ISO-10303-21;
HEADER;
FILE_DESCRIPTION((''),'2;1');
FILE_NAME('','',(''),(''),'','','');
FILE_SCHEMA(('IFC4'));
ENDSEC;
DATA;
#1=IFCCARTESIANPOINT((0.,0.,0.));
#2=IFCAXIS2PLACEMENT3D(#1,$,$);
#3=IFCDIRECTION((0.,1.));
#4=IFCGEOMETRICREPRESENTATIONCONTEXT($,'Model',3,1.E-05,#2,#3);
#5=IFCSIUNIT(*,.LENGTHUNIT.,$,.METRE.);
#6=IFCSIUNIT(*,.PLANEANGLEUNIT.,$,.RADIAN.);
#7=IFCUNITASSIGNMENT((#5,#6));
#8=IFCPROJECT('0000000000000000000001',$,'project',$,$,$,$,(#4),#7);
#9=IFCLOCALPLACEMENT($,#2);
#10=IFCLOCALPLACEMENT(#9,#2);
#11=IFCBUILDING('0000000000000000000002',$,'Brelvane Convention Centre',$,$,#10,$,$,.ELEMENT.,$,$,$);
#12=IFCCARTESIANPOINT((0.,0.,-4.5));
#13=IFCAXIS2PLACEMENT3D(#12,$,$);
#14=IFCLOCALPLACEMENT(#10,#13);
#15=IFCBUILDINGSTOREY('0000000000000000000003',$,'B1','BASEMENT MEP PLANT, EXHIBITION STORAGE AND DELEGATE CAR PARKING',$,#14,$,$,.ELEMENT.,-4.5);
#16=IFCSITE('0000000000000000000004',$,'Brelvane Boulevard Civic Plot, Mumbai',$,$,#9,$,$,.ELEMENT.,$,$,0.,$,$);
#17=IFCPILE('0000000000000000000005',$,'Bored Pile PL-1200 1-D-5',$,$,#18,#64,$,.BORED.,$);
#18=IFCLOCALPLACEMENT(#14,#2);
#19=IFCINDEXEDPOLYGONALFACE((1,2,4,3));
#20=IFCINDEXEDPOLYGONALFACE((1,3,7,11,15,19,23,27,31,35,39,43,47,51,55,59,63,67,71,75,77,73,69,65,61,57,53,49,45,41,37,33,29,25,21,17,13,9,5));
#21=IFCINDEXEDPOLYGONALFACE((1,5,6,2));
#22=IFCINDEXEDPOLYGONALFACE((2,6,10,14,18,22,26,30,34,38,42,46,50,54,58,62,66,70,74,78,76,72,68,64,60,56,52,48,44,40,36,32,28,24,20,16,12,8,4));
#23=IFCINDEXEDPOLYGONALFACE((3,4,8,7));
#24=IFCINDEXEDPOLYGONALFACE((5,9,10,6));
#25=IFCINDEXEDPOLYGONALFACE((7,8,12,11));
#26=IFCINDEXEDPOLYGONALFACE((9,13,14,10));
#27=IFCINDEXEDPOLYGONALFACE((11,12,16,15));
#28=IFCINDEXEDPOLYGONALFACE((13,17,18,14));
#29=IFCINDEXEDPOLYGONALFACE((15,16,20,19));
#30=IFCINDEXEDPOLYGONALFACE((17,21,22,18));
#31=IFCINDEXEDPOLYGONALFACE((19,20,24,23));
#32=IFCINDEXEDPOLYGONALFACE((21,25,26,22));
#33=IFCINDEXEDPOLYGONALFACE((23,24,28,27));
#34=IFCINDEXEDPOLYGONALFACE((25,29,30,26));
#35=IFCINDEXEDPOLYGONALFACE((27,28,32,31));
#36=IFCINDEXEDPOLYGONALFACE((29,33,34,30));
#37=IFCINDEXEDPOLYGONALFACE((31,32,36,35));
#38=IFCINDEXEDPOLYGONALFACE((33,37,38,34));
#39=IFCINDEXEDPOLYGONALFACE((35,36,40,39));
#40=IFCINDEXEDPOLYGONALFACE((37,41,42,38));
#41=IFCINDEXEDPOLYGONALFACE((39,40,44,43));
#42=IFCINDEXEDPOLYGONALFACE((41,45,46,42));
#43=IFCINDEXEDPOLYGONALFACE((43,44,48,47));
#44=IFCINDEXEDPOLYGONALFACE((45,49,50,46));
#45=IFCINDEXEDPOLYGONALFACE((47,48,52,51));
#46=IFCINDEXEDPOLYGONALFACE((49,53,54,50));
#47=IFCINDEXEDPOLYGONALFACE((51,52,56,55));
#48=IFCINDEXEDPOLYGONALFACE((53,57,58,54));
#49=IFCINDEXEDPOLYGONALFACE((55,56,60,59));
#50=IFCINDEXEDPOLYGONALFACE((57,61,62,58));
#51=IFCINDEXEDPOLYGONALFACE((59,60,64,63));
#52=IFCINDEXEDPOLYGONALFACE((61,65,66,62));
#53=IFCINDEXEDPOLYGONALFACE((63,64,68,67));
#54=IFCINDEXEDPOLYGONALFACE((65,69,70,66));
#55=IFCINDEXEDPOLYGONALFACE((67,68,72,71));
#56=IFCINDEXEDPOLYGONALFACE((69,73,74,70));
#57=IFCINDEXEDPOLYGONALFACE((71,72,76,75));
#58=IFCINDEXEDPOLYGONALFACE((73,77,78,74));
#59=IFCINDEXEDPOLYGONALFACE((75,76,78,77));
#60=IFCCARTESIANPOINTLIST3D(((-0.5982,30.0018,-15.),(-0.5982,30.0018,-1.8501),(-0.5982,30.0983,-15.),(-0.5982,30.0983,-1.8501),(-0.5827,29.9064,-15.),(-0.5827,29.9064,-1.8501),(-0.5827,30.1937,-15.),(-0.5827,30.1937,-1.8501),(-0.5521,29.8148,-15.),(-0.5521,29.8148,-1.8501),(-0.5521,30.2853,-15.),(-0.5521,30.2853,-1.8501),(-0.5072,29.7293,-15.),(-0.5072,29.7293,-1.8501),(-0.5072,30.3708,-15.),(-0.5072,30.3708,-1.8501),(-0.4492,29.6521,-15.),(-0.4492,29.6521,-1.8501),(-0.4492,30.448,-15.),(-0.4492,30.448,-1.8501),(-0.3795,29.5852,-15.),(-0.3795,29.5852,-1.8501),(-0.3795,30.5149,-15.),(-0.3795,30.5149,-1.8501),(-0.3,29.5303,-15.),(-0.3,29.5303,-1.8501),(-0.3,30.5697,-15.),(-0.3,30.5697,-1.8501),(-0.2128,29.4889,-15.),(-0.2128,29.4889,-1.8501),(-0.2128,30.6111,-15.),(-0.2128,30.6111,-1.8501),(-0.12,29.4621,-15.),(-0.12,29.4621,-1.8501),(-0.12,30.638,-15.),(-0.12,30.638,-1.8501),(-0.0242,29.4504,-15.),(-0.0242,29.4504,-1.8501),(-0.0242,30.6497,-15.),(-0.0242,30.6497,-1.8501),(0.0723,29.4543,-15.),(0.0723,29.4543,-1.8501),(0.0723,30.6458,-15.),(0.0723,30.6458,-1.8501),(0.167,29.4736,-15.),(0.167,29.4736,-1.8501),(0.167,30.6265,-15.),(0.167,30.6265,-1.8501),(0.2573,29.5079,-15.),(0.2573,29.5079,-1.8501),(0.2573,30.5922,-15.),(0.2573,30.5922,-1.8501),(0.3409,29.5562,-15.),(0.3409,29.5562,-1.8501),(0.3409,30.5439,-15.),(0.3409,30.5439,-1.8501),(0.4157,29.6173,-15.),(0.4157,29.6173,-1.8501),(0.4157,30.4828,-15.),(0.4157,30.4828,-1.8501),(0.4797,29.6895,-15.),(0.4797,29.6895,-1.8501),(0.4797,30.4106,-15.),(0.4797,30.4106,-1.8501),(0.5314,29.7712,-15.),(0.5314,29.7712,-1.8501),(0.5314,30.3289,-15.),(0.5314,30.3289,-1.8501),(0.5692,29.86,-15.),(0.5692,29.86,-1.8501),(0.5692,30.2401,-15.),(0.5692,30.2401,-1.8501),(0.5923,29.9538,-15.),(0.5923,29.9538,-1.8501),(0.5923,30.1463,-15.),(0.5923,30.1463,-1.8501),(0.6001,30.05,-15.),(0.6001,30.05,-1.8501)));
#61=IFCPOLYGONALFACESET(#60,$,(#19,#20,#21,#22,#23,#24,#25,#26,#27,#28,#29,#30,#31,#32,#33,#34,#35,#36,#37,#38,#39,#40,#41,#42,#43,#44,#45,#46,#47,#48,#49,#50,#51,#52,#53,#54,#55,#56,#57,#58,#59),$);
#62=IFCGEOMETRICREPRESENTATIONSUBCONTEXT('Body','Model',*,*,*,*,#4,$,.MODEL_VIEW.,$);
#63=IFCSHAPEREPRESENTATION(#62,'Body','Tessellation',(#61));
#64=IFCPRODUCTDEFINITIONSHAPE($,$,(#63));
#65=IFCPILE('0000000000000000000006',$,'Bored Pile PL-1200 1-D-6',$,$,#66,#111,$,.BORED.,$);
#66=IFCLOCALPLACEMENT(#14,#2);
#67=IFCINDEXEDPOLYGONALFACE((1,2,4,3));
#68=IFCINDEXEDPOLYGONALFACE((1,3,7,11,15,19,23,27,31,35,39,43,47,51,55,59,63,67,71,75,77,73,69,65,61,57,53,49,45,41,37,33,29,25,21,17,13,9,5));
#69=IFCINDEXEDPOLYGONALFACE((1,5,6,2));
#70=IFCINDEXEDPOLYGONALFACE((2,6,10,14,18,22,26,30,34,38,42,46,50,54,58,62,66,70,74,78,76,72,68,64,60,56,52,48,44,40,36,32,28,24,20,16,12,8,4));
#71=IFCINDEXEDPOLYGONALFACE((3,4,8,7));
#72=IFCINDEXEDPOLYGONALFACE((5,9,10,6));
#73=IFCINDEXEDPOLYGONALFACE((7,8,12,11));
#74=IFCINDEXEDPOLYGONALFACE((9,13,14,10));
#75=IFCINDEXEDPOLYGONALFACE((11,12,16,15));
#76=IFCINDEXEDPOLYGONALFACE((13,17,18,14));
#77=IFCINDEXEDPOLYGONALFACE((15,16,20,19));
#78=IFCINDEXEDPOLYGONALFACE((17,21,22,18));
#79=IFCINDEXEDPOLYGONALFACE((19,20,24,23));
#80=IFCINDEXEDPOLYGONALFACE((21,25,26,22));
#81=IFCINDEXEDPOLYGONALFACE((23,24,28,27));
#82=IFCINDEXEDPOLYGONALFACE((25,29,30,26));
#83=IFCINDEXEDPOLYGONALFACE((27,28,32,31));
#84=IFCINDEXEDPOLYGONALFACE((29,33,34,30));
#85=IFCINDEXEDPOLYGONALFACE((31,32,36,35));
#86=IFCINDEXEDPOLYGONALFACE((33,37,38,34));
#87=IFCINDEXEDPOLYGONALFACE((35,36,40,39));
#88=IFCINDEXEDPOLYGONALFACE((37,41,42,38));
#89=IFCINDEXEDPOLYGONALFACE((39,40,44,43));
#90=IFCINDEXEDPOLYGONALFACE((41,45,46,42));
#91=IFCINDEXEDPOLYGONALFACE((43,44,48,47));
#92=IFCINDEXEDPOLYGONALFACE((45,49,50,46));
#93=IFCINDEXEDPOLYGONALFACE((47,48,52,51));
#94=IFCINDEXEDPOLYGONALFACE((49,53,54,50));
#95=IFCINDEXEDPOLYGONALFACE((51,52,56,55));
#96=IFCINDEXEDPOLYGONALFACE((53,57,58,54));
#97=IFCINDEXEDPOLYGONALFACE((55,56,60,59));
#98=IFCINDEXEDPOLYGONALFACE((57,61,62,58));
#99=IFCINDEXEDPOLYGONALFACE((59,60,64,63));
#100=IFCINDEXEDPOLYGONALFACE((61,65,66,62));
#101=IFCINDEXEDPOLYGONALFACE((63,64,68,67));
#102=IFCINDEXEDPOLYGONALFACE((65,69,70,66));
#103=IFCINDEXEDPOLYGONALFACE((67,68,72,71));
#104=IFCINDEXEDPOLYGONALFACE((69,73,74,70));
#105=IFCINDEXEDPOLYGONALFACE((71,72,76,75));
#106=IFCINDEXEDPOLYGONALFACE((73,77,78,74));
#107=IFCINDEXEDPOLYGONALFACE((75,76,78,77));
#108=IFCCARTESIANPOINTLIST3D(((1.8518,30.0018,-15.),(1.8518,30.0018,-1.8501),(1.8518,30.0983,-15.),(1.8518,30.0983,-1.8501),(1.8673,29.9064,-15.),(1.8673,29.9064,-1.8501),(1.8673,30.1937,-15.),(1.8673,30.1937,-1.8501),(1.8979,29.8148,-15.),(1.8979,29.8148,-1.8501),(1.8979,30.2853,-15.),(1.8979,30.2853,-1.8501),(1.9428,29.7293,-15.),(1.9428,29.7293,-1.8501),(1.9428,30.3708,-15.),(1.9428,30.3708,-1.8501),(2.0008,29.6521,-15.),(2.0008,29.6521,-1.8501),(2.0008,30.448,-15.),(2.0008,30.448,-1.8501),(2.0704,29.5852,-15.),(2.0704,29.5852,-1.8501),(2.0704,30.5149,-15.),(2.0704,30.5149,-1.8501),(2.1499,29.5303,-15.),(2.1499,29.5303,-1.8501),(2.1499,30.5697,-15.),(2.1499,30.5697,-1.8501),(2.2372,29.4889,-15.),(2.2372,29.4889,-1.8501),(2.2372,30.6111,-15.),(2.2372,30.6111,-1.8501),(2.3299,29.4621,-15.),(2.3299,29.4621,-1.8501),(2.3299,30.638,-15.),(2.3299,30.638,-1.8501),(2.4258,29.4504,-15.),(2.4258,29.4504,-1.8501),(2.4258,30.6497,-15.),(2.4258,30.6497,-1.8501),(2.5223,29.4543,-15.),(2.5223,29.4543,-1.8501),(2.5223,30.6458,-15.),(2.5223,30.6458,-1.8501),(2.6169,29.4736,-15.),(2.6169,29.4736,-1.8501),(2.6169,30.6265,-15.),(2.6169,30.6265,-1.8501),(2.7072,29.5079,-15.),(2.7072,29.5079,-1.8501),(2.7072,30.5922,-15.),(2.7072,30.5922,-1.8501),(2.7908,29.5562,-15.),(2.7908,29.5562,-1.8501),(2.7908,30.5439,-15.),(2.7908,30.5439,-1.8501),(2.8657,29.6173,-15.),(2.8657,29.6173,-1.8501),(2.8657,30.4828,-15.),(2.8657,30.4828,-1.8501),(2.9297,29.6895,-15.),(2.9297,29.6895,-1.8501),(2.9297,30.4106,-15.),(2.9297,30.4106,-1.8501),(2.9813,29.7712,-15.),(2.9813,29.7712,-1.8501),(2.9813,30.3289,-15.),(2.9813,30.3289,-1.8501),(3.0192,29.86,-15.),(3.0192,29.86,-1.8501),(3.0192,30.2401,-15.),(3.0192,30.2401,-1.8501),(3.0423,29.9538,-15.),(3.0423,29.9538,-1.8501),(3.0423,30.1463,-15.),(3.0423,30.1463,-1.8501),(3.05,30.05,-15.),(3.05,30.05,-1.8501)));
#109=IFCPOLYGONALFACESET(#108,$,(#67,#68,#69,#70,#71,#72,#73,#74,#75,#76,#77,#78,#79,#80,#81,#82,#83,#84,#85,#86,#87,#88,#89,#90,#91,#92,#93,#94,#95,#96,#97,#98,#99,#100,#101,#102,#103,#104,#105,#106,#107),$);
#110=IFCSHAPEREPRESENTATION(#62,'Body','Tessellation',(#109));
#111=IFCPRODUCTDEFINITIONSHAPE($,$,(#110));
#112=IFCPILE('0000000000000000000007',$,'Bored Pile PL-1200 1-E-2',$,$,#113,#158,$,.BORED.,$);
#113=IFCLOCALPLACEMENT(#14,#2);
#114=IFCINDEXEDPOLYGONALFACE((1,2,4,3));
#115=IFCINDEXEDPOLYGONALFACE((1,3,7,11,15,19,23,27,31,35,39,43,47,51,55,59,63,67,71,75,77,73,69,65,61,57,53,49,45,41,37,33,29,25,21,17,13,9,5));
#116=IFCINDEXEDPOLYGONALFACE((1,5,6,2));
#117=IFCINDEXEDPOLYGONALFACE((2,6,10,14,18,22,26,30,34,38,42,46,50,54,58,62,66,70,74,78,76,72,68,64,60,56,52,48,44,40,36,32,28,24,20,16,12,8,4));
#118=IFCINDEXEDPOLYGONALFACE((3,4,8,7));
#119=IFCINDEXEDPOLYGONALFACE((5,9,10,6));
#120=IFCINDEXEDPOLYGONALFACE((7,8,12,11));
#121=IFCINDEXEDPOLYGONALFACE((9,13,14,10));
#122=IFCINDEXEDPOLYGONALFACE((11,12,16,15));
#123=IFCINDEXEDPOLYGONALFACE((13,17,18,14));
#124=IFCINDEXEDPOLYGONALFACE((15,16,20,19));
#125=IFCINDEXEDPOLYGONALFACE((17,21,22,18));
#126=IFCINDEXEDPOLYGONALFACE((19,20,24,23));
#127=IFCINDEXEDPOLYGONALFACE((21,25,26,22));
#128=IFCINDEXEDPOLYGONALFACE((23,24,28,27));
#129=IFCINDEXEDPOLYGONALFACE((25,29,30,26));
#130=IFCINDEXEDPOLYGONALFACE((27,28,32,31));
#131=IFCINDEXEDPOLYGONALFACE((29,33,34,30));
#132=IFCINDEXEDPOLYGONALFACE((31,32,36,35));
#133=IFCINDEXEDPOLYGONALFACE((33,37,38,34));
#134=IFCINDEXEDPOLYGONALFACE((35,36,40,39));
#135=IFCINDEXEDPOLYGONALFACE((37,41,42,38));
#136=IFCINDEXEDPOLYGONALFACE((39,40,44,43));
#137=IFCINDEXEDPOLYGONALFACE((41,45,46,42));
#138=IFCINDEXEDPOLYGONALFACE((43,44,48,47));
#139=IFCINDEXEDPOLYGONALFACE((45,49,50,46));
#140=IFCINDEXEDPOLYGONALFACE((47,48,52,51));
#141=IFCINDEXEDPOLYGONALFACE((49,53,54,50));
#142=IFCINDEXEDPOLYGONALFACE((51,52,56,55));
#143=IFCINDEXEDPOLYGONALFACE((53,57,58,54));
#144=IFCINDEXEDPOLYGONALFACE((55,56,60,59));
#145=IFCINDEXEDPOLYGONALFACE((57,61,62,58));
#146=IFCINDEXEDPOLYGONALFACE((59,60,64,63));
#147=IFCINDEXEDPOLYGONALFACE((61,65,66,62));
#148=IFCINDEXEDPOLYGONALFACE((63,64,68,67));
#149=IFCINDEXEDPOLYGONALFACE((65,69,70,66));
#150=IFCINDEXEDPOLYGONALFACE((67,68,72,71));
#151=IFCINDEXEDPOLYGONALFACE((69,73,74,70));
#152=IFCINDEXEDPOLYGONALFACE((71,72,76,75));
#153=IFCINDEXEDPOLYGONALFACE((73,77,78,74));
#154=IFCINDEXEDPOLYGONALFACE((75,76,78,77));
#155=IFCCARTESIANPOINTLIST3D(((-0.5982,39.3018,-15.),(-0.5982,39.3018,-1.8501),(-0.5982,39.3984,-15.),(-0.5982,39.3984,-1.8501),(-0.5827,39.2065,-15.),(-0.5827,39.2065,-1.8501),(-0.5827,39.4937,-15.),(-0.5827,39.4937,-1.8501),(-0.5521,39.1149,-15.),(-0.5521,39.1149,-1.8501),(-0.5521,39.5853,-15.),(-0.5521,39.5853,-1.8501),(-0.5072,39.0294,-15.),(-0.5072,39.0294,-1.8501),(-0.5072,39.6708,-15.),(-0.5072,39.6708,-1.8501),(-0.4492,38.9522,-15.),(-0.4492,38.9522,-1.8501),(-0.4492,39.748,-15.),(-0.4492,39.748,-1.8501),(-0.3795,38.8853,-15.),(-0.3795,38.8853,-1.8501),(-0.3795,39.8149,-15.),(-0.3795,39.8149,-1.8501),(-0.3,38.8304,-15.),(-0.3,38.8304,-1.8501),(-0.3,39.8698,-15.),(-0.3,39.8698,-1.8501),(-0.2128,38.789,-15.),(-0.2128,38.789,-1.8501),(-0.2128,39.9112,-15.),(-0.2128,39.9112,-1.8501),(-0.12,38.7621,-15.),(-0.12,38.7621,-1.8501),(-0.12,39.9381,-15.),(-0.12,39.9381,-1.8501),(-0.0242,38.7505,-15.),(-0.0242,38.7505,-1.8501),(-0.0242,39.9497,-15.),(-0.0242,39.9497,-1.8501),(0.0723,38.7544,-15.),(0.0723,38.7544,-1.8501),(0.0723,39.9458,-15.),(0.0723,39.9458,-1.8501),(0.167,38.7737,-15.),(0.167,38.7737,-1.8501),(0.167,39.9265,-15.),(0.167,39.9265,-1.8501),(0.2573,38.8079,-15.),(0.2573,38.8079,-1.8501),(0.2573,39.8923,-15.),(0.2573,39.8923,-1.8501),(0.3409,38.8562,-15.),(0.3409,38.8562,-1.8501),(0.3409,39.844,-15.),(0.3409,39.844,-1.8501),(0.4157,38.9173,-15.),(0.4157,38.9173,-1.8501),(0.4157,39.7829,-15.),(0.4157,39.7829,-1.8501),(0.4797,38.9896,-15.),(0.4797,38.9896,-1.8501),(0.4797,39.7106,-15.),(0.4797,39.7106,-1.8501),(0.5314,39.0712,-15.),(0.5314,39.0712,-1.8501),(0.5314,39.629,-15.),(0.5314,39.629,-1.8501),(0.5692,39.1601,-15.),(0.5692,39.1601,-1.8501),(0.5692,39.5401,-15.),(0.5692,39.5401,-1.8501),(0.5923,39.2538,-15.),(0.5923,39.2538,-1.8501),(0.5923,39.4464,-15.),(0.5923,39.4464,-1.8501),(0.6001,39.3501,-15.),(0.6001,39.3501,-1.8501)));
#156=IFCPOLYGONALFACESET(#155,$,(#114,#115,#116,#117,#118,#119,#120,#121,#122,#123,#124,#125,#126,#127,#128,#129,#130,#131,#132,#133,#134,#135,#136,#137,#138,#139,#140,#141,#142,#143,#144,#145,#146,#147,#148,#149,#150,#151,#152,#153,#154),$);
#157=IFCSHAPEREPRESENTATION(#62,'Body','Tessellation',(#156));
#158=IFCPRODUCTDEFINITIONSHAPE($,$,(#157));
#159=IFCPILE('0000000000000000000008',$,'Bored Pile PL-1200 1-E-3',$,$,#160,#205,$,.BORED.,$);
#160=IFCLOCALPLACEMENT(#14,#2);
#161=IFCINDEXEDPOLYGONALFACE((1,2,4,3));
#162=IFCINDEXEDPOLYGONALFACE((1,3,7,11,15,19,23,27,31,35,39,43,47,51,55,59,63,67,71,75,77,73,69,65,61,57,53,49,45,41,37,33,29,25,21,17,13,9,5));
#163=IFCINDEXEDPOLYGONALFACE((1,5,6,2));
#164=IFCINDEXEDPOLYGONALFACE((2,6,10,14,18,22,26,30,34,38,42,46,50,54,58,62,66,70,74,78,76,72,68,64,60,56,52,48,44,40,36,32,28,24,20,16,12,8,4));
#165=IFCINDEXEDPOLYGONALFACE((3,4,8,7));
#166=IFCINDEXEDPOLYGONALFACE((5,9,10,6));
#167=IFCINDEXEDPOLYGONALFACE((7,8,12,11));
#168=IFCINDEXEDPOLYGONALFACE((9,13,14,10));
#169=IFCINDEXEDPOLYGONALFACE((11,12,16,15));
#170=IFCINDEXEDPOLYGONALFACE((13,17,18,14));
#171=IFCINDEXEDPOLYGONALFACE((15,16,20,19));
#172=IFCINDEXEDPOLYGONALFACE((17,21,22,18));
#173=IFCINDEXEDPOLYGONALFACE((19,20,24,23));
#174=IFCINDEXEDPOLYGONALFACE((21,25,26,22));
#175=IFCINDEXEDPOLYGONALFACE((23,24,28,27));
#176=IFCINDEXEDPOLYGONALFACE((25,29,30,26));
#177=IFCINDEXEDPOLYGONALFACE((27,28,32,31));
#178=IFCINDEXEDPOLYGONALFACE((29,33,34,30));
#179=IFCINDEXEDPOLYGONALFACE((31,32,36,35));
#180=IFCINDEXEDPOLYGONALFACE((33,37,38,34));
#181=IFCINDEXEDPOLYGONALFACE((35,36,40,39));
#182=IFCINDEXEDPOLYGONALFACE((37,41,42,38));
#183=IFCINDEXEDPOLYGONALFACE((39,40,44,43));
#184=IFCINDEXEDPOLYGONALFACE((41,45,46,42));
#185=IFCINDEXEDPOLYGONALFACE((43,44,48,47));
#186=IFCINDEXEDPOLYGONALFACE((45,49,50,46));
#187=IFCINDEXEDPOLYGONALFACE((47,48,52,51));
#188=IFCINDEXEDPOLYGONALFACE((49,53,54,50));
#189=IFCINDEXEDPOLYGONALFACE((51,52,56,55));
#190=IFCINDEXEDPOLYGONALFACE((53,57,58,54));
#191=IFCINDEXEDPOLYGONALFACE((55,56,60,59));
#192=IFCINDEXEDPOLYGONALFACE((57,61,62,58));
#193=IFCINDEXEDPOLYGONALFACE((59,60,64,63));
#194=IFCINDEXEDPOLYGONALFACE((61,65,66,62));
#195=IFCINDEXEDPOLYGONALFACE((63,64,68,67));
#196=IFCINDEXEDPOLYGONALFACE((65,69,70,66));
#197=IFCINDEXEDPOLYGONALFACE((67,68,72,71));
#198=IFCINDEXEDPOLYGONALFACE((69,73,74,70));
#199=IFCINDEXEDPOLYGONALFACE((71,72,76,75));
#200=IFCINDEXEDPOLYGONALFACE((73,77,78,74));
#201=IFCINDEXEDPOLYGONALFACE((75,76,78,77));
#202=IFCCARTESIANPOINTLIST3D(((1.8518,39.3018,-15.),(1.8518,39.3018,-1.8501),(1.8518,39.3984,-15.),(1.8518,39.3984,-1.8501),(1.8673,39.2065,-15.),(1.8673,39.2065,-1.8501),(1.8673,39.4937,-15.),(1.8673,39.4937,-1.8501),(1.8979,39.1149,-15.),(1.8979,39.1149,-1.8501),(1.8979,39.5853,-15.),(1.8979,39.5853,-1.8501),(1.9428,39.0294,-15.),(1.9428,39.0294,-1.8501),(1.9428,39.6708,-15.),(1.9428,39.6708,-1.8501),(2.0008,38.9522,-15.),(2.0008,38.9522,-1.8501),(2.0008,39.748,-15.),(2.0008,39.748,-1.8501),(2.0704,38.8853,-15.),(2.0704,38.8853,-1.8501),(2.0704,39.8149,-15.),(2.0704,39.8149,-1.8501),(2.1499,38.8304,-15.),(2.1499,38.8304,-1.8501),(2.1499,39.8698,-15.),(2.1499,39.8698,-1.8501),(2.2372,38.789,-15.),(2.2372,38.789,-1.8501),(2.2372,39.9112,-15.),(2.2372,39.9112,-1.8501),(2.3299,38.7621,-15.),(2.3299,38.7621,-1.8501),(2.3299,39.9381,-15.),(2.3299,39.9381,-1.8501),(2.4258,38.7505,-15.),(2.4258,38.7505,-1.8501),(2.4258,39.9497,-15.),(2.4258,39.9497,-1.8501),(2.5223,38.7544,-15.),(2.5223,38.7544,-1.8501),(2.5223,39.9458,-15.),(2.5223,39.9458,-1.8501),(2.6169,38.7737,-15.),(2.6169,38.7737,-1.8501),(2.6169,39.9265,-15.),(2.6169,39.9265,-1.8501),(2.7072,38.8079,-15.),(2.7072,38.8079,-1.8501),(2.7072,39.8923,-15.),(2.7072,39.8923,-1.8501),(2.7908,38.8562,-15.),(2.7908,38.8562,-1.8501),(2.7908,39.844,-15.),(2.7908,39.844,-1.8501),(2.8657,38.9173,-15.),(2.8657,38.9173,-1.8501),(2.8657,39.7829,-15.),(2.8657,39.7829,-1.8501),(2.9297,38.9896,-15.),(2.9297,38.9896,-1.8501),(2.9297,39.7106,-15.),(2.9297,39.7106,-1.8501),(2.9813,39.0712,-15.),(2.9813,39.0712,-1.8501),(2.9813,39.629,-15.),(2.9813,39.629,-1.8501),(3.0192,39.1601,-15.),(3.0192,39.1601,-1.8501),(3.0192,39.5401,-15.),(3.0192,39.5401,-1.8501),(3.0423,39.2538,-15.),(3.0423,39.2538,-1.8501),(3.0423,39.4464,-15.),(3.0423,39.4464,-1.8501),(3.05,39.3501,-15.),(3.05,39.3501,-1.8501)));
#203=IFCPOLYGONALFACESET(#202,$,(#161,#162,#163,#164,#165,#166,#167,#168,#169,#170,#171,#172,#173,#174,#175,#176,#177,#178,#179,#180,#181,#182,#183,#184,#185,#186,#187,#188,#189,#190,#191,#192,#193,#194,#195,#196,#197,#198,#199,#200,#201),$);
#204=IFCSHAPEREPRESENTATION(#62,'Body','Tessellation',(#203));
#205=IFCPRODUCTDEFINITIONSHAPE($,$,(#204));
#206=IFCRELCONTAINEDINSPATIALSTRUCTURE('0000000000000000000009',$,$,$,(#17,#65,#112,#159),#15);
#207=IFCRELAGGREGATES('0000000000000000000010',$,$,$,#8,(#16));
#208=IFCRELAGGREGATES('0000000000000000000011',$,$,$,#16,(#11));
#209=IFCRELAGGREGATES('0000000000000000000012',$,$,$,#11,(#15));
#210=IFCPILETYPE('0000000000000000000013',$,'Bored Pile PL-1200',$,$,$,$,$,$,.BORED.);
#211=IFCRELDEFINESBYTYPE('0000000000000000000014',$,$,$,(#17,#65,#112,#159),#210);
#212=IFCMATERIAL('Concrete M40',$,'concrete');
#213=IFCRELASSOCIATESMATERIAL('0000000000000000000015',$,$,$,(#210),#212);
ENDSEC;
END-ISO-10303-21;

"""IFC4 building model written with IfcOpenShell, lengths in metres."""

from ifc_helpers import new_model, si_unit, direction, frame, origin, origin_2d, place, context, subcontext, project, spatial, circle, extrude, material, material_profile, profile_set, type_object, element, save


model = new_model("IFC4")

# Units and contexts
model_context = context("Model", 3, precision=1e-05, world=origin(), true_north=direction((0.0, 1.0)))
body_context = subcontext(model_context, "Body", "Model", "MODEL_VIEW")
ifc_project = project(units=[si_unit("LENGTHUNIT", "METRE"), si_unit("PLANEANGLEUNIT", "RADIAN")], contexts=[model_context])

# Site, building, storey
site_placement = place(None, origin())
site = spatial("IfcSite", under=ifc_project, at=site_placement, Name="Brelvane Boulevard Civic Plot, Mumbai", CompositionType="ELEMENT", RefElevation=0.0)
building_placement = place(site_placement, origin())
building = spatial("IfcBuilding", under=site, at=building_placement, Name="Brelvane Convention Centre", CompositionType="ELEMENT")
storey_placement = place(building_placement, frame((0.0, 0.0, -4.5)))
storey = spatial("IfcBuildingStorey", under=building, at=storey_placement, Name="B1", Description="BASEMENT MEP PLANT, EXHIBITION STORAGE AND DELEGATE CAR PARKING", CompositionType="ELEMENT", Elevation=-4.5)

# Piles
ifc_material_1 = material(Name="Concrete M40", Category="concrete")
ifc_material_profile_1 = material_profile(ifc_material_1, circle(Radius=0.6001, at=origin_2d()), Name="PILE D1200")
ifc_profile_set_1 = profile_set([ifc_material_profile_1], Name="Concrete M40")
pile_type_1 = type_object("IfcPileType", Name="Bored Pile PL-1200", PredefinedType="BORED", material=ifc_profile_set_1)
for number, where, z_axis, x_axis, name in (
    (1, (0.0, 30.05, -1.8501), (0.0, 0.0, -1.0), (1.0, 0.0, 0.0), "Bored Pile PL-1200 1-D-5"),
    (2, (2.45, 30.05, -1.8501), (0.0, 0.0, -1.0), (1.0, 0.0, 0.0), "Bored Pile PL-1200 1-D-6"),
    (3, (0.0, 39.3501, -1.8501), (0.0, 0.0, -1.0), (1.0, 0.0, 0.0), "Bored Pile PL-1200 1-E-2"),
    (4, (2.45, 39.3501, -1.8501), (0.0, 0.0, -1.0), (1.0, 0.0, 0.0), "Bored Pile PL-1200 1-E-3"),
):
    element("IfcPile", number, at=place(storey_placement, frame(where, z_axis=z_axis, x_axis=x_axis)), inside=storey, type_object=pile_type_1, Name=name, PredefinedType="BORED", context=body_context, shape_type="SweptSolid", body=[
        extrude(circle(Radius=0.6001, at=origin_2d()), origin(), (0.0, 0.0, 1.0), 13.1499),
    ])

save(model, "model.ifc")
